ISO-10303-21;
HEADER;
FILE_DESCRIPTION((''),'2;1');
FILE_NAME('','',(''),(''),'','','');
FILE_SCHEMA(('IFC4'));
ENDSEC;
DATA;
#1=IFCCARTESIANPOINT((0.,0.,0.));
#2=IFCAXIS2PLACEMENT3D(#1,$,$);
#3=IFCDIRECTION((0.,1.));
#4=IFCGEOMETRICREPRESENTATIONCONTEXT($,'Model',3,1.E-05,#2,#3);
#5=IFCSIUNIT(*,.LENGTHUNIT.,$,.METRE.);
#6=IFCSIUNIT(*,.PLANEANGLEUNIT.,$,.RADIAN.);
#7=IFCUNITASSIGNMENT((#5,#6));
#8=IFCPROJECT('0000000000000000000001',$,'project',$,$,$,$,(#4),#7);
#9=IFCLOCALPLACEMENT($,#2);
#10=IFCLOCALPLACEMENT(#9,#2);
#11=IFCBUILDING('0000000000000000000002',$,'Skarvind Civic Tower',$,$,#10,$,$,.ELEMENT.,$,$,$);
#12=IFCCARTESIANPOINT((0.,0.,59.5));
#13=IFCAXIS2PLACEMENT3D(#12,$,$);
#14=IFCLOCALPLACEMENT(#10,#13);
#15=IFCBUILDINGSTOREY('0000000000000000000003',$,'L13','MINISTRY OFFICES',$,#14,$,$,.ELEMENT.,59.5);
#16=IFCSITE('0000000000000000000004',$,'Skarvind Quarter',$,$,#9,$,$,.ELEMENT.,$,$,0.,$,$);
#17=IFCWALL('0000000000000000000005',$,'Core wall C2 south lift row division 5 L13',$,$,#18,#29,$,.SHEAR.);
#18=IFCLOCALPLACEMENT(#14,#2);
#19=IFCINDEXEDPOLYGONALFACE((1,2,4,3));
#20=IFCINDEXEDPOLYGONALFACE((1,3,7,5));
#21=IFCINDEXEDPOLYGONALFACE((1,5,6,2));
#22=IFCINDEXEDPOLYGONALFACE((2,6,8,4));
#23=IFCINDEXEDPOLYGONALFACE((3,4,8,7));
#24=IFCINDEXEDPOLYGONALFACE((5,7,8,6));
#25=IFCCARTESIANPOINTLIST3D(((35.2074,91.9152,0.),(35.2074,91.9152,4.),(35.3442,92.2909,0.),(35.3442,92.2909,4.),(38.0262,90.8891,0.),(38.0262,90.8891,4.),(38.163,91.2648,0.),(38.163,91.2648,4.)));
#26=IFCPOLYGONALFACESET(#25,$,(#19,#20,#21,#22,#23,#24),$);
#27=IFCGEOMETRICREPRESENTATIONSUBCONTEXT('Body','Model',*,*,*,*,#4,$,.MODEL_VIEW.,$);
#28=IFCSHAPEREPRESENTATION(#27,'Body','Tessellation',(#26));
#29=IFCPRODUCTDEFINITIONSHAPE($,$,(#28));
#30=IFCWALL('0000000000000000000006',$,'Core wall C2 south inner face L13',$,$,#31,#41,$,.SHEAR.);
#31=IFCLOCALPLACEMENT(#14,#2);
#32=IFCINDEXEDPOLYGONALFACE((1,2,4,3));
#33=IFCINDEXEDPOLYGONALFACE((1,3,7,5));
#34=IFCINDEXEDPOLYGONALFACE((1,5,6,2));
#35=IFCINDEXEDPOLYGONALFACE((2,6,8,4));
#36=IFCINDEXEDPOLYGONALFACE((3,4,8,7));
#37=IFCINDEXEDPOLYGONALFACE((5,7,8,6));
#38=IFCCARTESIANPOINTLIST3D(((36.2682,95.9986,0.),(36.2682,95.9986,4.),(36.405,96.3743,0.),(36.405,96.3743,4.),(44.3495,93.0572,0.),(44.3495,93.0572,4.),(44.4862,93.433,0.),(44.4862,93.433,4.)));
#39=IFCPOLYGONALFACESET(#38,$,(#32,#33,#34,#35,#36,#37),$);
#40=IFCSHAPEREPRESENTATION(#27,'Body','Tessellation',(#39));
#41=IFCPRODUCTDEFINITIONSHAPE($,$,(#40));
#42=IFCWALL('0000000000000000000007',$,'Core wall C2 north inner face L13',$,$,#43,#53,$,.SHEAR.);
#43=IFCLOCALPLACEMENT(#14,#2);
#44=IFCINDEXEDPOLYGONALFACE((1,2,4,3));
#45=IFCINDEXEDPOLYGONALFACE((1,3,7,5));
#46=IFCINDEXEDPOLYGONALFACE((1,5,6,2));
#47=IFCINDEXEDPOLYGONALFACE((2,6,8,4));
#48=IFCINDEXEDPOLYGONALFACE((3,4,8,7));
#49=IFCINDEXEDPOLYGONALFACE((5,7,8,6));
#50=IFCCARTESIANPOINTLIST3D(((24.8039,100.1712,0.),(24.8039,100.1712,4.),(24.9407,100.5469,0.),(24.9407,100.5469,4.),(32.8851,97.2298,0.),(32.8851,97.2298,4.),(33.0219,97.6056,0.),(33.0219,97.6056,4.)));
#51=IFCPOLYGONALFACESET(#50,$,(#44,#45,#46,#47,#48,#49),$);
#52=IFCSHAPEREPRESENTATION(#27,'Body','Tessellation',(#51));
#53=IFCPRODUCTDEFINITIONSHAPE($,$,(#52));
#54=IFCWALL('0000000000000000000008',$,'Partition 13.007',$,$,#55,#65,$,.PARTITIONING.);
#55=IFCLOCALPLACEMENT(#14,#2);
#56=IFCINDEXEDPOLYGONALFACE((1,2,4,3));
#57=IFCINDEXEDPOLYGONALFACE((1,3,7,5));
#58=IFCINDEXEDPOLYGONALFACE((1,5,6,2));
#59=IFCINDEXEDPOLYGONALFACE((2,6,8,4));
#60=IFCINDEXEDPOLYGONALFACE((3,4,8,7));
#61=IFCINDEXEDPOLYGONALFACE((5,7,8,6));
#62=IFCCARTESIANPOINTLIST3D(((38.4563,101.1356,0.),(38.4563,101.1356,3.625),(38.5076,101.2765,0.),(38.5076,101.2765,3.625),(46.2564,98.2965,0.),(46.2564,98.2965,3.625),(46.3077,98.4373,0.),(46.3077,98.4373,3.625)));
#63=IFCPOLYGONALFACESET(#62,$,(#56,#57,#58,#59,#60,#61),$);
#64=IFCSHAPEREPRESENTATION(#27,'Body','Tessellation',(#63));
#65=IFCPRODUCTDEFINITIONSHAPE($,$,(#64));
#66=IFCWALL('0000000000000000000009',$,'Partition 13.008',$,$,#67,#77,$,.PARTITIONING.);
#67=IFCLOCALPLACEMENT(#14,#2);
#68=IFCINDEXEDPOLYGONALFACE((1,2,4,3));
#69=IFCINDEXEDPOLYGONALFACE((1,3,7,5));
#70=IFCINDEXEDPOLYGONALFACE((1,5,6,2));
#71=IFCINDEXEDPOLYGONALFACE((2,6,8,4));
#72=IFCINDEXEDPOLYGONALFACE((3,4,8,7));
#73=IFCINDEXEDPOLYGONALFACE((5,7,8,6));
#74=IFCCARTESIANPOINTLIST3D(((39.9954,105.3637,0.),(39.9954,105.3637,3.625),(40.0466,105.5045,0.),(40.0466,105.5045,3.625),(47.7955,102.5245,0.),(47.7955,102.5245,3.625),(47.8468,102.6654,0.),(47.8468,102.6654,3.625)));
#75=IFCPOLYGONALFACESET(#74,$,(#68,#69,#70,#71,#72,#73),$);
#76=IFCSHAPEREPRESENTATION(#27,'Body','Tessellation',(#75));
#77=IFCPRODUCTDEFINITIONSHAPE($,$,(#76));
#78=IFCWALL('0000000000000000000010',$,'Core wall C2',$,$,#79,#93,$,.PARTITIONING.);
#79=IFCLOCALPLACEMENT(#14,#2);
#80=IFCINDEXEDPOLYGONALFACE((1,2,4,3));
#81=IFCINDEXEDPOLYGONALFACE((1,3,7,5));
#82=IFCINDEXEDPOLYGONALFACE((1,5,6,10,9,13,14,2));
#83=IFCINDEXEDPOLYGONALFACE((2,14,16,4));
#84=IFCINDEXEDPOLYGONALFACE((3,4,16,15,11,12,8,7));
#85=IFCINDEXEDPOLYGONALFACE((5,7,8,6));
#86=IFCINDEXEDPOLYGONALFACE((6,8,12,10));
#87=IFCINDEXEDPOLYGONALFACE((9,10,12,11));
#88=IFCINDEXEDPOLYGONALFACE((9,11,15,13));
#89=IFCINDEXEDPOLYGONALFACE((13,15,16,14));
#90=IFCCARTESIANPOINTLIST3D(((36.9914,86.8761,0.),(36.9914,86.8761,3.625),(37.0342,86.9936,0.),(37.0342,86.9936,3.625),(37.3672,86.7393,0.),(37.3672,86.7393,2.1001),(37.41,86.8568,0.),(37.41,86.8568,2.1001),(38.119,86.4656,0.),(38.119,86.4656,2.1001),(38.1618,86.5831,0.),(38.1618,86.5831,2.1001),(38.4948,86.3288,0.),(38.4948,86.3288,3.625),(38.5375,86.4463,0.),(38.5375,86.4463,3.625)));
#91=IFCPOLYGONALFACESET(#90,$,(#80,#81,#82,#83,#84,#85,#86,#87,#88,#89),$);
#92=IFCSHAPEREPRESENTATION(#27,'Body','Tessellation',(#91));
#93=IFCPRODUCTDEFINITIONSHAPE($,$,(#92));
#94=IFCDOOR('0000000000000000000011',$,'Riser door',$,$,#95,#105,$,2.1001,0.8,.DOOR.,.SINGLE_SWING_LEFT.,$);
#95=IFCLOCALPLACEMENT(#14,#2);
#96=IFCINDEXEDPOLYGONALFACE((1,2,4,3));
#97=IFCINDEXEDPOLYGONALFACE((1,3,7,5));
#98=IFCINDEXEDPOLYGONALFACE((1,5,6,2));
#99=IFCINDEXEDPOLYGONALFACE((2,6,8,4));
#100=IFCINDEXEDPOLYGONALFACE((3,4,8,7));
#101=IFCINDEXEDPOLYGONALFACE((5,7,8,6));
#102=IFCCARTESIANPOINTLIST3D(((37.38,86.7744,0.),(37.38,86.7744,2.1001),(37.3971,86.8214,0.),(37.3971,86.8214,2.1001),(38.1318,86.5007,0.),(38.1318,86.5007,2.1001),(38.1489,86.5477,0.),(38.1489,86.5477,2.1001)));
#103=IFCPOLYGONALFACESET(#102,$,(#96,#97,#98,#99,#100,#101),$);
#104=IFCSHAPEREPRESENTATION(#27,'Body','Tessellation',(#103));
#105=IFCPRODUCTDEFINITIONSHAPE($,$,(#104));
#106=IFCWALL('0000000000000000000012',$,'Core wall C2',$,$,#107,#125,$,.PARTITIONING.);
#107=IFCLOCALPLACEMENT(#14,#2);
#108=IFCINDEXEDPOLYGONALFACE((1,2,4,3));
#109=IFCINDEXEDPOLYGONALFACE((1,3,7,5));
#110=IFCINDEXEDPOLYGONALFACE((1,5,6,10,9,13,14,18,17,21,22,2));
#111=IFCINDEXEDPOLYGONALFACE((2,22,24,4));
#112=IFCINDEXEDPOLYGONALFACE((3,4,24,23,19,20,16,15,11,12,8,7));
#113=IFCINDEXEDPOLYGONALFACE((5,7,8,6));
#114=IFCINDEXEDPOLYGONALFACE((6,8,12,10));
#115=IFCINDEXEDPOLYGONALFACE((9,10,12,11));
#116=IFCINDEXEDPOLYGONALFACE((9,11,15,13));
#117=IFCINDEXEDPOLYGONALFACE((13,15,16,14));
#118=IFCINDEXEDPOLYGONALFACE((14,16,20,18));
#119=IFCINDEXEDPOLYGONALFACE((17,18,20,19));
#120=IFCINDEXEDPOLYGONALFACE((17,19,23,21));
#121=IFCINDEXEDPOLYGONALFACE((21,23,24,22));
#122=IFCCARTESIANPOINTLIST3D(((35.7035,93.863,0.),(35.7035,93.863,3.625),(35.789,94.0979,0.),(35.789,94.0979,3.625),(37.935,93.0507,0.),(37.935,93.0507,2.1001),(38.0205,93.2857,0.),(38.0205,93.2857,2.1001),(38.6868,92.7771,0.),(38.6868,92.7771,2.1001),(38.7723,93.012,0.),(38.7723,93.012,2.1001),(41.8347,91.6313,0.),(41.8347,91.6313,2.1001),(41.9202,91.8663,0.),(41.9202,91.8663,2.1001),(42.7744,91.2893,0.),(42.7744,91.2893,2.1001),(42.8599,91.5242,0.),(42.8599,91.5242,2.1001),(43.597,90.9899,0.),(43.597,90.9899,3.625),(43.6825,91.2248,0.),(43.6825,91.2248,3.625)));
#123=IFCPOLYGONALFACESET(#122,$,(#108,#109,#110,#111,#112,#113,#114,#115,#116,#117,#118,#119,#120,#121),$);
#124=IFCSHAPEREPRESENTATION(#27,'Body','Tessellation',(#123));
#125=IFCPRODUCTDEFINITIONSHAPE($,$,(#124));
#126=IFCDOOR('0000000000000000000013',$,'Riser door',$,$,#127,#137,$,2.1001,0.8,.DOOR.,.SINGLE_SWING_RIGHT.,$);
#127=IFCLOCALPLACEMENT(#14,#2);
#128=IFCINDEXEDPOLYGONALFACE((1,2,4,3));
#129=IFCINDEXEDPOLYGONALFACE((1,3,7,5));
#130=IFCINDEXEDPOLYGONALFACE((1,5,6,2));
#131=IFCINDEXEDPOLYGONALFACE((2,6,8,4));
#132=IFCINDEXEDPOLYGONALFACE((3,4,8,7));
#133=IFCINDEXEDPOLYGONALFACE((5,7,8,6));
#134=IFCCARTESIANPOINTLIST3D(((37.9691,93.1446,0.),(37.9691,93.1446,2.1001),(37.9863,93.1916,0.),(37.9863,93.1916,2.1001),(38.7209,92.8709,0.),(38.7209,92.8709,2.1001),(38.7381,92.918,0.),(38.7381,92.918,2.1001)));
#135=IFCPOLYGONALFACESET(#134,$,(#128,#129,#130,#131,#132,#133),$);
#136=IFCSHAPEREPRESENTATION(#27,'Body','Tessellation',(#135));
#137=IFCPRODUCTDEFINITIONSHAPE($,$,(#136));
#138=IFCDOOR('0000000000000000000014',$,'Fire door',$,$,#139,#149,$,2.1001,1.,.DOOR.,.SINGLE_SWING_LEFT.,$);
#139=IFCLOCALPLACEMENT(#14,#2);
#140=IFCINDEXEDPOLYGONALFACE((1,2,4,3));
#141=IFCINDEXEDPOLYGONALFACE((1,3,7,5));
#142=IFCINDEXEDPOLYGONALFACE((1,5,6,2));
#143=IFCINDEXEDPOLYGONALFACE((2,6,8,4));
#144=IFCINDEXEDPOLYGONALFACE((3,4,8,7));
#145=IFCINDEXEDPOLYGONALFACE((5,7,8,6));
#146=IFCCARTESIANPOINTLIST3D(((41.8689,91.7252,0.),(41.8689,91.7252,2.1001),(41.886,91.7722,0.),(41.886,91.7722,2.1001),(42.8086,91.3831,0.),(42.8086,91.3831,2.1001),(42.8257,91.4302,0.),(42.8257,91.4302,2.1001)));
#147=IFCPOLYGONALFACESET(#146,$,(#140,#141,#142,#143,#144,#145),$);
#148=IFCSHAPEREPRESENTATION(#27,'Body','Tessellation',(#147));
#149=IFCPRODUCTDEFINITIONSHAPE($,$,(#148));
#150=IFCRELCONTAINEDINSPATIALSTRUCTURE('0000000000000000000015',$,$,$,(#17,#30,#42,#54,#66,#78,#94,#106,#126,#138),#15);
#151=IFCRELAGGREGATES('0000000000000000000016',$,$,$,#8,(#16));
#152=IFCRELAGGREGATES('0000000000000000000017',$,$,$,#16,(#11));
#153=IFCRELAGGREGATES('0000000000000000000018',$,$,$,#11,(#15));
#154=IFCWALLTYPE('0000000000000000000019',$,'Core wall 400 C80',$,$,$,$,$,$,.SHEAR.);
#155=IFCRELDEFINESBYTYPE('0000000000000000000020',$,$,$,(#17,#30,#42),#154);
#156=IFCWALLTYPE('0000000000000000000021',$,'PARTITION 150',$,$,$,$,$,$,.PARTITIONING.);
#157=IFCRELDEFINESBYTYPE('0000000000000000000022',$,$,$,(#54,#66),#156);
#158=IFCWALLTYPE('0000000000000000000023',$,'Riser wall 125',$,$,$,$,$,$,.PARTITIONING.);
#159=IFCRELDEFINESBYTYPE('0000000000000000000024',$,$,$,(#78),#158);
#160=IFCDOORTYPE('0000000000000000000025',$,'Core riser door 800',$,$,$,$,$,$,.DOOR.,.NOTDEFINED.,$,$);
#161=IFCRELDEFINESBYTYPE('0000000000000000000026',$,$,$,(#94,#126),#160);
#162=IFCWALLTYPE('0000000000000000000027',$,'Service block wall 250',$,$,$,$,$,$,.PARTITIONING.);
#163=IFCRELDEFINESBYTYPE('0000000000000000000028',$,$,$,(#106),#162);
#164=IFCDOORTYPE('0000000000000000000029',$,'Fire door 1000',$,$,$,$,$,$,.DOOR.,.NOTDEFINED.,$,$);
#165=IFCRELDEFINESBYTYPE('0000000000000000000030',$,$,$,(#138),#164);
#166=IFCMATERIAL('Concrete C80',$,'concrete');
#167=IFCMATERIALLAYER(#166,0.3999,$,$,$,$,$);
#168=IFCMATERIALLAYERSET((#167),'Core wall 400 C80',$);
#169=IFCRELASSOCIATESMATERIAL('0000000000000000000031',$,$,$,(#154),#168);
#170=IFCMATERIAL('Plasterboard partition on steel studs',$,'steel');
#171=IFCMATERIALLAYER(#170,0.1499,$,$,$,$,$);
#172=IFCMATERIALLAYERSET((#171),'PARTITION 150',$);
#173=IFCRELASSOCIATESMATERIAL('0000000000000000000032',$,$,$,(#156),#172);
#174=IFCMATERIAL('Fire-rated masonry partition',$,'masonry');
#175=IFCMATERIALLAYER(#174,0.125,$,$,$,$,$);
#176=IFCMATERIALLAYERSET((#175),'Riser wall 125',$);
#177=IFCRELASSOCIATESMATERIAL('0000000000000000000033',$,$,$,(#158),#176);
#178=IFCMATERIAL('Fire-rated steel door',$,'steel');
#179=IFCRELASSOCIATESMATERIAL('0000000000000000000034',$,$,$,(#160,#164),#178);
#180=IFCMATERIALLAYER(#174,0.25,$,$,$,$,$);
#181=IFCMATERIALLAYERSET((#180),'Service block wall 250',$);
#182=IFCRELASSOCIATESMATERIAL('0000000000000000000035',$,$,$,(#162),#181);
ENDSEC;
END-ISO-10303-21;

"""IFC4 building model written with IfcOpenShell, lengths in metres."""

from ifc_helpers import new_model, si_unit, direction, frame, frame_2d, origin, place, context, subcontext, project, spatial, rectangle, extrude, material, layer, layer_set, type_object, element, fill, save


model = new_model("IFC4")

# Units and contexts
model_context = context("Model", 3, precision=1e-05, world=origin(), true_north=direction((0.0, 1.0)))
body_context = subcontext(model_context, "Body", "Model", "MODEL_VIEW")
ifc_project = project(units=[si_unit("LENGTHUNIT", "METRE"), si_unit("PLANEANGLEUNIT", "RADIAN")], contexts=[model_context])

# Site, building, storey
site_placement = place(None, origin())
site = spatial("IfcSite", under=ifc_project, at=site_placement, Name="Skarvind Quarter", CompositionType="ELEMENT", RefElevation=0.0)
building_placement = place(site_placement, origin())
building = spatial("IfcBuilding", under=site, at=building_placement, Name="Skarvind Civic Tower", CompositionType="ELEMENT")
storey_placement = place(building_placement, frame((0.0, 0.0, 59.5)))
storey = spatial("IfcBuildingStorey", under=building, at=storey_placement, Name="L13", Description="MINISTRY OFFICES", CompositionType="ELEMENT", Elevation=59.5)

# Shared definitions
ifc_material_1 = material(Name="Concrete C80", Category="concrete")

# Shared definitions
ifc_material_2 = material(Name="Fire-rated masonry partition", Category="masonry")
ifc_material_3 = material(Name="Fire-rated steel door", Category="steel")

# Walls
ifc_layer_1 = layer(ifc_material_1, 0.3999)
ifc_layer_set_1 = layer_set([ifc_layer_1], Name="Core wall 400 C80")
wall_type_1 = type_object("IfcWallType", Name="Core wall 400 C80", PredefinedType="SHEAR", material=ifc_layer_set_1)
wall_1_placement = place(storey_placement, frame((38.0947, 91.0769, 0.0), z_axis=(0.0, 0.0, 1.0), x_axis=(-0.939677, 0.342063, 0.0)))
element("IfcWall", 1, at=wall_1_placement, inside=storey, type_object=wall_type_1, Name="Core wall C2 south lift row division 5 L13", PredefinedType="SHEAR", context=body_context, shape_type="SweptSolid", body=[
    extrude(rectangle(XDim=2.9998, YDim=0.3999, at=frame_2d((1.5, 0.0))), origin(), (0.0, 0.0, 1.0), 4.0),
])
for number, where, z_axis, x_axis, name in (
    (2, (44.4177, 93.2451, 0.0), (0.0, 0.0, 1.0), (-0.939691, 0.342026, 0.0), "Core wall C2 south inner face L13"),
    (3, (32.9534, 97.4177, 0.0), (0.0, 0.0, 1.0), (-0.939691, 0.342026, 0.0), "Core wall C2 north inner face L13"),
):
    element("IfcWall", number, at=place(storey_placement, frame(where, z_axis=z_axis, x_axis=x_axis)), inside=storey, type_object=wall_type_1, Name=name, PredefinedType="SHEAR", context=body_context, shape_type="SweptSolid", body=[
        extrude(rectangle(XDim=8.5999, YDim=0.3999, at=frame_2d((4.2998, 0.0))), origin(), (0.0, 0.0, 1.0), 4.0),
    ])
ifc_material_4 = material(Name="Plasterboard partition on steel studs", Category="steel")
ifc_layer_2 = layer(ifc_material_4, 0.1499)
ifc_layer_set_2 = layer_set([ifc_layer_2], Name="PARTITION 150")
wall_type_2 = type_object("IfcWallType", Name="PARTITION 150", PredefinedType="PARTITIONING", material=ifc_layer_set_2)
for number, where, z_axis, x_axis, name in (
    (4, (38.4819, 101.2061, 0.0), (0.0, 0.0, 1.0), (0.939688, -0.342034, 0.0), "Partition 13.007"),
    (5, (40.021, 105.4341, 0.0), (0.0, 0.0, 1.0), (0.939688, -0.342034, 0.0), "Partition 13.008"),
):
    element("IfcWall", number, at=place(storey_placement, frame(where, z_axis=z_axis, x_axis=x_axis)), inside=storey, type_object=wall_type_2, Name=name, PredefinedType="PARTITIONING", context=body_context, shape_type="SweptSolid", body=[
        extrude(rectangle(XDim=8.3008, YDim=0.1499, at=frame_2d((4.1504, 0.0))), origin(), (0.0, 0.0, 1.0), 3.625),
    ])

# Wall, opening, door
ifc_layer_3 = layer(ifc_material_2, 0.125)
ifc_layer_set_3 = layer_set([ifc_layer_3], Name="Riser wall 125")
wall_type_3 = type_object("IfcWallType", Name="Riser wall 125", PredefinedType="PARTITIONING", material=ifc_layer_set_3)
wall_2_placement = place(storey_placement, frame((37.0129, 86.9348, 0.0), z_axis=(0.0, 0.0, 1.0), x_axis=(0.93966, -0.342111, 0.0)))
wall_2 = element("IfcWall", 6, at=wall_2_placement, inside=storey, type_object=wall_type_3, Name="Core wall C2", PredefinedType="PARTITIONING", context=body_context, shape_type="SweptSolid", body=[
    extrude(rectangle(XDim=1.5999, YDim=0.125, at=frame_2d((0.7998, 0.0))), origin(), (0.0, 0.0, 1.0), 3.625),
])
opening_1_placement = place(wall_2_placement, frame((0.3999, 0.0, 0.0)))
opening_1 = element("IfcOpeningElement", 7, at=opening_1_placement, cuts=wall_2, PredefinedType="OPENING", context=body_context, shape_type="SweptSolid", body=[
    extrude(rectangle(XDim=0.8, YDim=2.1001, at=frame_2d((0.3999, 1.05))), frame((0.0, 0.0725, 0.0), z_axis=(0.0, -1.0, 0.0), x_axis=(1.0, 0.0, 0.0)), (0.0, 0.0, 1.0), 0.145),
])
door_type_1 = type_object("IfcDoorType", Name="Core riser door 800", OperationType="NOTDEFINED", PredefinedType="DOOR", material=ifc_material_3)
door_1_placement = place(opening_1_placement, origin())
door_1 = element("IfcDoor", 8, at=door_1_placement, inside=storey, type_object=door_type_1, Name="Riser door", OperationType="SINGLE_SWING_LEFT", OverallHeight=2.1001, OverallWidth=0.8, PredefinedType="DOOR", context=body_context, shape_type="SweptSolid", body=[
    extrude(rectangle(XDim=0.8, YDim=2.1001, at=frame_2d((0.3999, 1.05))), frame((0.0, 0.0249, 0.0), z_axis=(0.0, -1.0, 0.0), x_axis=(1.0, 0.0, 0.0)), (0.0, 0.0, 1.0), 0.05),
])
fill(opening_1, door_1)

# Wall, openings, doors
ifc_layer_4 = layer(ifc_material_2, 0.25)
ifc_layer_set_4 = layer_set([ifc_layer_4], Name="Service block wall 250")
wall_type_4 = type_object("IfcWallType", Name="Service block wall 250", PredefinedType="PARTITIONING", material=ifc_layer_set_4)
wall_3_placement = place(storey_placement, frame((35.7461, 93.9805, 0.0), z_axis=(0.0, 0.0, 1.0), x_axis=(0.939692, -0.342023, 0.0)))
wall_3 = element("IfcWall", 9, at=wall_3_placement, inside=storey, type_object=wall_type_4, Name="Core wall C2", PredefinedType="PARTITIONING", context=body_context, shape_type="SweptSolid", body=[
    extrude(rectangle(XDim=8.4001, YDim=0.25, at=frame_2d((4.2002, 0.0))), origin(), (0.0, 0.0, 1.0), 3.625),
])
opening_2_placement = place(wall_3_placement, frame((2.375, 0.0, 0.0)))
opening_2 = element("IfcOpeningElement", 10, at=opening_2_placement, cuts=wall_3, PredefinedType="OPENING", context=body_context, shape_type="SweptSolid", body=[
    extrude(rectangle(XDim=0.8, YDim=2.1001, at=frame_2d((0.3999, 1.05))), frame((0.0, 0.135, 0.0), z_axis=(0.0, -1.0, 0.0), x_axis=(1.0, 0.0, 0.0)), (0.0, 0.0, 1.0), 0.27),
])
opening_3_placement = place(wall_3_placement, frame((6.5249, 0.0, 0.0)))
opening_3 = element("IfcOpeningElement", 11, at=opening_3_placement, cuts=wall_3, PredefinedType="OPENING", context=body_context, shape_type="SweptSolid", body=[
    extrude(rectangle(XDim=1.0, YDim=2.1001, at=frame_2d((0.5, 1.05))), frame((0.0, 0.135, 0.0), z_axis=(0.0, -1.0, 0.0), x_axis=(1.0, 0.0, 0.0)), (0.0, 0.0, 1.0), 0.27),
])
door_2_placement = place(opening_2_placement, origin())
door_2 = element("IfcDoor", 12, at=door_2_placement, inside=storey, type_object=door_type_1, Name="Riser door", OperationType="SINGLE_SWING_RIGHT", OverallHeight=2.1001, OverallWidth=0.8, PredefinedType="DOOR", context=body_context, shape_type="SweptSolid", body=[
    extrude(rectangle(XDim=0.8, YDim=2.1001, at=frame_2d((0.3999, 1.05))), frame((0.0, 0.0249, 0.0), z_axis=(0.0, -1.0, 0.0), x_axis=(1.0, 0.0, 0.0)), (0.0, 0.0, 1.0), 0.05),
])
fill(opening_2, door_2)
door_type_2 = type_object("IfcDoorType", Name="Fire door 1000", OperationType="NOTDEFINED", PredefinedType="DOOR", material=ifc_material_3)
door_3_placement = place(opening_3_placement, origin())
door_3 = element("IfcDoor", 13, at=door_3_placement, inside=storey, type_object=door_type_2, Name="Fire door", OperationType="SINGLE_SWING_LEFT", OverallHeight=2.1001, OverallWidth=1.0, PredefinedType="DOOR", context=body_context, shape_type="SweptSolid", body=[
    extrude(rectangle(XDim=1.0, YDim=2.1001, at=frame_2d((0.5, 1.05))), frame((0.0, 0.0249, 0.0), z_axis=(0.0, -1.0, 0.0), x_axis=(1.0, 0.0, 0.0)), (0.0, 0.0, 1.0), 0.05),
])
fill(opening_3, door_3)

save(model, "model.ifc")
